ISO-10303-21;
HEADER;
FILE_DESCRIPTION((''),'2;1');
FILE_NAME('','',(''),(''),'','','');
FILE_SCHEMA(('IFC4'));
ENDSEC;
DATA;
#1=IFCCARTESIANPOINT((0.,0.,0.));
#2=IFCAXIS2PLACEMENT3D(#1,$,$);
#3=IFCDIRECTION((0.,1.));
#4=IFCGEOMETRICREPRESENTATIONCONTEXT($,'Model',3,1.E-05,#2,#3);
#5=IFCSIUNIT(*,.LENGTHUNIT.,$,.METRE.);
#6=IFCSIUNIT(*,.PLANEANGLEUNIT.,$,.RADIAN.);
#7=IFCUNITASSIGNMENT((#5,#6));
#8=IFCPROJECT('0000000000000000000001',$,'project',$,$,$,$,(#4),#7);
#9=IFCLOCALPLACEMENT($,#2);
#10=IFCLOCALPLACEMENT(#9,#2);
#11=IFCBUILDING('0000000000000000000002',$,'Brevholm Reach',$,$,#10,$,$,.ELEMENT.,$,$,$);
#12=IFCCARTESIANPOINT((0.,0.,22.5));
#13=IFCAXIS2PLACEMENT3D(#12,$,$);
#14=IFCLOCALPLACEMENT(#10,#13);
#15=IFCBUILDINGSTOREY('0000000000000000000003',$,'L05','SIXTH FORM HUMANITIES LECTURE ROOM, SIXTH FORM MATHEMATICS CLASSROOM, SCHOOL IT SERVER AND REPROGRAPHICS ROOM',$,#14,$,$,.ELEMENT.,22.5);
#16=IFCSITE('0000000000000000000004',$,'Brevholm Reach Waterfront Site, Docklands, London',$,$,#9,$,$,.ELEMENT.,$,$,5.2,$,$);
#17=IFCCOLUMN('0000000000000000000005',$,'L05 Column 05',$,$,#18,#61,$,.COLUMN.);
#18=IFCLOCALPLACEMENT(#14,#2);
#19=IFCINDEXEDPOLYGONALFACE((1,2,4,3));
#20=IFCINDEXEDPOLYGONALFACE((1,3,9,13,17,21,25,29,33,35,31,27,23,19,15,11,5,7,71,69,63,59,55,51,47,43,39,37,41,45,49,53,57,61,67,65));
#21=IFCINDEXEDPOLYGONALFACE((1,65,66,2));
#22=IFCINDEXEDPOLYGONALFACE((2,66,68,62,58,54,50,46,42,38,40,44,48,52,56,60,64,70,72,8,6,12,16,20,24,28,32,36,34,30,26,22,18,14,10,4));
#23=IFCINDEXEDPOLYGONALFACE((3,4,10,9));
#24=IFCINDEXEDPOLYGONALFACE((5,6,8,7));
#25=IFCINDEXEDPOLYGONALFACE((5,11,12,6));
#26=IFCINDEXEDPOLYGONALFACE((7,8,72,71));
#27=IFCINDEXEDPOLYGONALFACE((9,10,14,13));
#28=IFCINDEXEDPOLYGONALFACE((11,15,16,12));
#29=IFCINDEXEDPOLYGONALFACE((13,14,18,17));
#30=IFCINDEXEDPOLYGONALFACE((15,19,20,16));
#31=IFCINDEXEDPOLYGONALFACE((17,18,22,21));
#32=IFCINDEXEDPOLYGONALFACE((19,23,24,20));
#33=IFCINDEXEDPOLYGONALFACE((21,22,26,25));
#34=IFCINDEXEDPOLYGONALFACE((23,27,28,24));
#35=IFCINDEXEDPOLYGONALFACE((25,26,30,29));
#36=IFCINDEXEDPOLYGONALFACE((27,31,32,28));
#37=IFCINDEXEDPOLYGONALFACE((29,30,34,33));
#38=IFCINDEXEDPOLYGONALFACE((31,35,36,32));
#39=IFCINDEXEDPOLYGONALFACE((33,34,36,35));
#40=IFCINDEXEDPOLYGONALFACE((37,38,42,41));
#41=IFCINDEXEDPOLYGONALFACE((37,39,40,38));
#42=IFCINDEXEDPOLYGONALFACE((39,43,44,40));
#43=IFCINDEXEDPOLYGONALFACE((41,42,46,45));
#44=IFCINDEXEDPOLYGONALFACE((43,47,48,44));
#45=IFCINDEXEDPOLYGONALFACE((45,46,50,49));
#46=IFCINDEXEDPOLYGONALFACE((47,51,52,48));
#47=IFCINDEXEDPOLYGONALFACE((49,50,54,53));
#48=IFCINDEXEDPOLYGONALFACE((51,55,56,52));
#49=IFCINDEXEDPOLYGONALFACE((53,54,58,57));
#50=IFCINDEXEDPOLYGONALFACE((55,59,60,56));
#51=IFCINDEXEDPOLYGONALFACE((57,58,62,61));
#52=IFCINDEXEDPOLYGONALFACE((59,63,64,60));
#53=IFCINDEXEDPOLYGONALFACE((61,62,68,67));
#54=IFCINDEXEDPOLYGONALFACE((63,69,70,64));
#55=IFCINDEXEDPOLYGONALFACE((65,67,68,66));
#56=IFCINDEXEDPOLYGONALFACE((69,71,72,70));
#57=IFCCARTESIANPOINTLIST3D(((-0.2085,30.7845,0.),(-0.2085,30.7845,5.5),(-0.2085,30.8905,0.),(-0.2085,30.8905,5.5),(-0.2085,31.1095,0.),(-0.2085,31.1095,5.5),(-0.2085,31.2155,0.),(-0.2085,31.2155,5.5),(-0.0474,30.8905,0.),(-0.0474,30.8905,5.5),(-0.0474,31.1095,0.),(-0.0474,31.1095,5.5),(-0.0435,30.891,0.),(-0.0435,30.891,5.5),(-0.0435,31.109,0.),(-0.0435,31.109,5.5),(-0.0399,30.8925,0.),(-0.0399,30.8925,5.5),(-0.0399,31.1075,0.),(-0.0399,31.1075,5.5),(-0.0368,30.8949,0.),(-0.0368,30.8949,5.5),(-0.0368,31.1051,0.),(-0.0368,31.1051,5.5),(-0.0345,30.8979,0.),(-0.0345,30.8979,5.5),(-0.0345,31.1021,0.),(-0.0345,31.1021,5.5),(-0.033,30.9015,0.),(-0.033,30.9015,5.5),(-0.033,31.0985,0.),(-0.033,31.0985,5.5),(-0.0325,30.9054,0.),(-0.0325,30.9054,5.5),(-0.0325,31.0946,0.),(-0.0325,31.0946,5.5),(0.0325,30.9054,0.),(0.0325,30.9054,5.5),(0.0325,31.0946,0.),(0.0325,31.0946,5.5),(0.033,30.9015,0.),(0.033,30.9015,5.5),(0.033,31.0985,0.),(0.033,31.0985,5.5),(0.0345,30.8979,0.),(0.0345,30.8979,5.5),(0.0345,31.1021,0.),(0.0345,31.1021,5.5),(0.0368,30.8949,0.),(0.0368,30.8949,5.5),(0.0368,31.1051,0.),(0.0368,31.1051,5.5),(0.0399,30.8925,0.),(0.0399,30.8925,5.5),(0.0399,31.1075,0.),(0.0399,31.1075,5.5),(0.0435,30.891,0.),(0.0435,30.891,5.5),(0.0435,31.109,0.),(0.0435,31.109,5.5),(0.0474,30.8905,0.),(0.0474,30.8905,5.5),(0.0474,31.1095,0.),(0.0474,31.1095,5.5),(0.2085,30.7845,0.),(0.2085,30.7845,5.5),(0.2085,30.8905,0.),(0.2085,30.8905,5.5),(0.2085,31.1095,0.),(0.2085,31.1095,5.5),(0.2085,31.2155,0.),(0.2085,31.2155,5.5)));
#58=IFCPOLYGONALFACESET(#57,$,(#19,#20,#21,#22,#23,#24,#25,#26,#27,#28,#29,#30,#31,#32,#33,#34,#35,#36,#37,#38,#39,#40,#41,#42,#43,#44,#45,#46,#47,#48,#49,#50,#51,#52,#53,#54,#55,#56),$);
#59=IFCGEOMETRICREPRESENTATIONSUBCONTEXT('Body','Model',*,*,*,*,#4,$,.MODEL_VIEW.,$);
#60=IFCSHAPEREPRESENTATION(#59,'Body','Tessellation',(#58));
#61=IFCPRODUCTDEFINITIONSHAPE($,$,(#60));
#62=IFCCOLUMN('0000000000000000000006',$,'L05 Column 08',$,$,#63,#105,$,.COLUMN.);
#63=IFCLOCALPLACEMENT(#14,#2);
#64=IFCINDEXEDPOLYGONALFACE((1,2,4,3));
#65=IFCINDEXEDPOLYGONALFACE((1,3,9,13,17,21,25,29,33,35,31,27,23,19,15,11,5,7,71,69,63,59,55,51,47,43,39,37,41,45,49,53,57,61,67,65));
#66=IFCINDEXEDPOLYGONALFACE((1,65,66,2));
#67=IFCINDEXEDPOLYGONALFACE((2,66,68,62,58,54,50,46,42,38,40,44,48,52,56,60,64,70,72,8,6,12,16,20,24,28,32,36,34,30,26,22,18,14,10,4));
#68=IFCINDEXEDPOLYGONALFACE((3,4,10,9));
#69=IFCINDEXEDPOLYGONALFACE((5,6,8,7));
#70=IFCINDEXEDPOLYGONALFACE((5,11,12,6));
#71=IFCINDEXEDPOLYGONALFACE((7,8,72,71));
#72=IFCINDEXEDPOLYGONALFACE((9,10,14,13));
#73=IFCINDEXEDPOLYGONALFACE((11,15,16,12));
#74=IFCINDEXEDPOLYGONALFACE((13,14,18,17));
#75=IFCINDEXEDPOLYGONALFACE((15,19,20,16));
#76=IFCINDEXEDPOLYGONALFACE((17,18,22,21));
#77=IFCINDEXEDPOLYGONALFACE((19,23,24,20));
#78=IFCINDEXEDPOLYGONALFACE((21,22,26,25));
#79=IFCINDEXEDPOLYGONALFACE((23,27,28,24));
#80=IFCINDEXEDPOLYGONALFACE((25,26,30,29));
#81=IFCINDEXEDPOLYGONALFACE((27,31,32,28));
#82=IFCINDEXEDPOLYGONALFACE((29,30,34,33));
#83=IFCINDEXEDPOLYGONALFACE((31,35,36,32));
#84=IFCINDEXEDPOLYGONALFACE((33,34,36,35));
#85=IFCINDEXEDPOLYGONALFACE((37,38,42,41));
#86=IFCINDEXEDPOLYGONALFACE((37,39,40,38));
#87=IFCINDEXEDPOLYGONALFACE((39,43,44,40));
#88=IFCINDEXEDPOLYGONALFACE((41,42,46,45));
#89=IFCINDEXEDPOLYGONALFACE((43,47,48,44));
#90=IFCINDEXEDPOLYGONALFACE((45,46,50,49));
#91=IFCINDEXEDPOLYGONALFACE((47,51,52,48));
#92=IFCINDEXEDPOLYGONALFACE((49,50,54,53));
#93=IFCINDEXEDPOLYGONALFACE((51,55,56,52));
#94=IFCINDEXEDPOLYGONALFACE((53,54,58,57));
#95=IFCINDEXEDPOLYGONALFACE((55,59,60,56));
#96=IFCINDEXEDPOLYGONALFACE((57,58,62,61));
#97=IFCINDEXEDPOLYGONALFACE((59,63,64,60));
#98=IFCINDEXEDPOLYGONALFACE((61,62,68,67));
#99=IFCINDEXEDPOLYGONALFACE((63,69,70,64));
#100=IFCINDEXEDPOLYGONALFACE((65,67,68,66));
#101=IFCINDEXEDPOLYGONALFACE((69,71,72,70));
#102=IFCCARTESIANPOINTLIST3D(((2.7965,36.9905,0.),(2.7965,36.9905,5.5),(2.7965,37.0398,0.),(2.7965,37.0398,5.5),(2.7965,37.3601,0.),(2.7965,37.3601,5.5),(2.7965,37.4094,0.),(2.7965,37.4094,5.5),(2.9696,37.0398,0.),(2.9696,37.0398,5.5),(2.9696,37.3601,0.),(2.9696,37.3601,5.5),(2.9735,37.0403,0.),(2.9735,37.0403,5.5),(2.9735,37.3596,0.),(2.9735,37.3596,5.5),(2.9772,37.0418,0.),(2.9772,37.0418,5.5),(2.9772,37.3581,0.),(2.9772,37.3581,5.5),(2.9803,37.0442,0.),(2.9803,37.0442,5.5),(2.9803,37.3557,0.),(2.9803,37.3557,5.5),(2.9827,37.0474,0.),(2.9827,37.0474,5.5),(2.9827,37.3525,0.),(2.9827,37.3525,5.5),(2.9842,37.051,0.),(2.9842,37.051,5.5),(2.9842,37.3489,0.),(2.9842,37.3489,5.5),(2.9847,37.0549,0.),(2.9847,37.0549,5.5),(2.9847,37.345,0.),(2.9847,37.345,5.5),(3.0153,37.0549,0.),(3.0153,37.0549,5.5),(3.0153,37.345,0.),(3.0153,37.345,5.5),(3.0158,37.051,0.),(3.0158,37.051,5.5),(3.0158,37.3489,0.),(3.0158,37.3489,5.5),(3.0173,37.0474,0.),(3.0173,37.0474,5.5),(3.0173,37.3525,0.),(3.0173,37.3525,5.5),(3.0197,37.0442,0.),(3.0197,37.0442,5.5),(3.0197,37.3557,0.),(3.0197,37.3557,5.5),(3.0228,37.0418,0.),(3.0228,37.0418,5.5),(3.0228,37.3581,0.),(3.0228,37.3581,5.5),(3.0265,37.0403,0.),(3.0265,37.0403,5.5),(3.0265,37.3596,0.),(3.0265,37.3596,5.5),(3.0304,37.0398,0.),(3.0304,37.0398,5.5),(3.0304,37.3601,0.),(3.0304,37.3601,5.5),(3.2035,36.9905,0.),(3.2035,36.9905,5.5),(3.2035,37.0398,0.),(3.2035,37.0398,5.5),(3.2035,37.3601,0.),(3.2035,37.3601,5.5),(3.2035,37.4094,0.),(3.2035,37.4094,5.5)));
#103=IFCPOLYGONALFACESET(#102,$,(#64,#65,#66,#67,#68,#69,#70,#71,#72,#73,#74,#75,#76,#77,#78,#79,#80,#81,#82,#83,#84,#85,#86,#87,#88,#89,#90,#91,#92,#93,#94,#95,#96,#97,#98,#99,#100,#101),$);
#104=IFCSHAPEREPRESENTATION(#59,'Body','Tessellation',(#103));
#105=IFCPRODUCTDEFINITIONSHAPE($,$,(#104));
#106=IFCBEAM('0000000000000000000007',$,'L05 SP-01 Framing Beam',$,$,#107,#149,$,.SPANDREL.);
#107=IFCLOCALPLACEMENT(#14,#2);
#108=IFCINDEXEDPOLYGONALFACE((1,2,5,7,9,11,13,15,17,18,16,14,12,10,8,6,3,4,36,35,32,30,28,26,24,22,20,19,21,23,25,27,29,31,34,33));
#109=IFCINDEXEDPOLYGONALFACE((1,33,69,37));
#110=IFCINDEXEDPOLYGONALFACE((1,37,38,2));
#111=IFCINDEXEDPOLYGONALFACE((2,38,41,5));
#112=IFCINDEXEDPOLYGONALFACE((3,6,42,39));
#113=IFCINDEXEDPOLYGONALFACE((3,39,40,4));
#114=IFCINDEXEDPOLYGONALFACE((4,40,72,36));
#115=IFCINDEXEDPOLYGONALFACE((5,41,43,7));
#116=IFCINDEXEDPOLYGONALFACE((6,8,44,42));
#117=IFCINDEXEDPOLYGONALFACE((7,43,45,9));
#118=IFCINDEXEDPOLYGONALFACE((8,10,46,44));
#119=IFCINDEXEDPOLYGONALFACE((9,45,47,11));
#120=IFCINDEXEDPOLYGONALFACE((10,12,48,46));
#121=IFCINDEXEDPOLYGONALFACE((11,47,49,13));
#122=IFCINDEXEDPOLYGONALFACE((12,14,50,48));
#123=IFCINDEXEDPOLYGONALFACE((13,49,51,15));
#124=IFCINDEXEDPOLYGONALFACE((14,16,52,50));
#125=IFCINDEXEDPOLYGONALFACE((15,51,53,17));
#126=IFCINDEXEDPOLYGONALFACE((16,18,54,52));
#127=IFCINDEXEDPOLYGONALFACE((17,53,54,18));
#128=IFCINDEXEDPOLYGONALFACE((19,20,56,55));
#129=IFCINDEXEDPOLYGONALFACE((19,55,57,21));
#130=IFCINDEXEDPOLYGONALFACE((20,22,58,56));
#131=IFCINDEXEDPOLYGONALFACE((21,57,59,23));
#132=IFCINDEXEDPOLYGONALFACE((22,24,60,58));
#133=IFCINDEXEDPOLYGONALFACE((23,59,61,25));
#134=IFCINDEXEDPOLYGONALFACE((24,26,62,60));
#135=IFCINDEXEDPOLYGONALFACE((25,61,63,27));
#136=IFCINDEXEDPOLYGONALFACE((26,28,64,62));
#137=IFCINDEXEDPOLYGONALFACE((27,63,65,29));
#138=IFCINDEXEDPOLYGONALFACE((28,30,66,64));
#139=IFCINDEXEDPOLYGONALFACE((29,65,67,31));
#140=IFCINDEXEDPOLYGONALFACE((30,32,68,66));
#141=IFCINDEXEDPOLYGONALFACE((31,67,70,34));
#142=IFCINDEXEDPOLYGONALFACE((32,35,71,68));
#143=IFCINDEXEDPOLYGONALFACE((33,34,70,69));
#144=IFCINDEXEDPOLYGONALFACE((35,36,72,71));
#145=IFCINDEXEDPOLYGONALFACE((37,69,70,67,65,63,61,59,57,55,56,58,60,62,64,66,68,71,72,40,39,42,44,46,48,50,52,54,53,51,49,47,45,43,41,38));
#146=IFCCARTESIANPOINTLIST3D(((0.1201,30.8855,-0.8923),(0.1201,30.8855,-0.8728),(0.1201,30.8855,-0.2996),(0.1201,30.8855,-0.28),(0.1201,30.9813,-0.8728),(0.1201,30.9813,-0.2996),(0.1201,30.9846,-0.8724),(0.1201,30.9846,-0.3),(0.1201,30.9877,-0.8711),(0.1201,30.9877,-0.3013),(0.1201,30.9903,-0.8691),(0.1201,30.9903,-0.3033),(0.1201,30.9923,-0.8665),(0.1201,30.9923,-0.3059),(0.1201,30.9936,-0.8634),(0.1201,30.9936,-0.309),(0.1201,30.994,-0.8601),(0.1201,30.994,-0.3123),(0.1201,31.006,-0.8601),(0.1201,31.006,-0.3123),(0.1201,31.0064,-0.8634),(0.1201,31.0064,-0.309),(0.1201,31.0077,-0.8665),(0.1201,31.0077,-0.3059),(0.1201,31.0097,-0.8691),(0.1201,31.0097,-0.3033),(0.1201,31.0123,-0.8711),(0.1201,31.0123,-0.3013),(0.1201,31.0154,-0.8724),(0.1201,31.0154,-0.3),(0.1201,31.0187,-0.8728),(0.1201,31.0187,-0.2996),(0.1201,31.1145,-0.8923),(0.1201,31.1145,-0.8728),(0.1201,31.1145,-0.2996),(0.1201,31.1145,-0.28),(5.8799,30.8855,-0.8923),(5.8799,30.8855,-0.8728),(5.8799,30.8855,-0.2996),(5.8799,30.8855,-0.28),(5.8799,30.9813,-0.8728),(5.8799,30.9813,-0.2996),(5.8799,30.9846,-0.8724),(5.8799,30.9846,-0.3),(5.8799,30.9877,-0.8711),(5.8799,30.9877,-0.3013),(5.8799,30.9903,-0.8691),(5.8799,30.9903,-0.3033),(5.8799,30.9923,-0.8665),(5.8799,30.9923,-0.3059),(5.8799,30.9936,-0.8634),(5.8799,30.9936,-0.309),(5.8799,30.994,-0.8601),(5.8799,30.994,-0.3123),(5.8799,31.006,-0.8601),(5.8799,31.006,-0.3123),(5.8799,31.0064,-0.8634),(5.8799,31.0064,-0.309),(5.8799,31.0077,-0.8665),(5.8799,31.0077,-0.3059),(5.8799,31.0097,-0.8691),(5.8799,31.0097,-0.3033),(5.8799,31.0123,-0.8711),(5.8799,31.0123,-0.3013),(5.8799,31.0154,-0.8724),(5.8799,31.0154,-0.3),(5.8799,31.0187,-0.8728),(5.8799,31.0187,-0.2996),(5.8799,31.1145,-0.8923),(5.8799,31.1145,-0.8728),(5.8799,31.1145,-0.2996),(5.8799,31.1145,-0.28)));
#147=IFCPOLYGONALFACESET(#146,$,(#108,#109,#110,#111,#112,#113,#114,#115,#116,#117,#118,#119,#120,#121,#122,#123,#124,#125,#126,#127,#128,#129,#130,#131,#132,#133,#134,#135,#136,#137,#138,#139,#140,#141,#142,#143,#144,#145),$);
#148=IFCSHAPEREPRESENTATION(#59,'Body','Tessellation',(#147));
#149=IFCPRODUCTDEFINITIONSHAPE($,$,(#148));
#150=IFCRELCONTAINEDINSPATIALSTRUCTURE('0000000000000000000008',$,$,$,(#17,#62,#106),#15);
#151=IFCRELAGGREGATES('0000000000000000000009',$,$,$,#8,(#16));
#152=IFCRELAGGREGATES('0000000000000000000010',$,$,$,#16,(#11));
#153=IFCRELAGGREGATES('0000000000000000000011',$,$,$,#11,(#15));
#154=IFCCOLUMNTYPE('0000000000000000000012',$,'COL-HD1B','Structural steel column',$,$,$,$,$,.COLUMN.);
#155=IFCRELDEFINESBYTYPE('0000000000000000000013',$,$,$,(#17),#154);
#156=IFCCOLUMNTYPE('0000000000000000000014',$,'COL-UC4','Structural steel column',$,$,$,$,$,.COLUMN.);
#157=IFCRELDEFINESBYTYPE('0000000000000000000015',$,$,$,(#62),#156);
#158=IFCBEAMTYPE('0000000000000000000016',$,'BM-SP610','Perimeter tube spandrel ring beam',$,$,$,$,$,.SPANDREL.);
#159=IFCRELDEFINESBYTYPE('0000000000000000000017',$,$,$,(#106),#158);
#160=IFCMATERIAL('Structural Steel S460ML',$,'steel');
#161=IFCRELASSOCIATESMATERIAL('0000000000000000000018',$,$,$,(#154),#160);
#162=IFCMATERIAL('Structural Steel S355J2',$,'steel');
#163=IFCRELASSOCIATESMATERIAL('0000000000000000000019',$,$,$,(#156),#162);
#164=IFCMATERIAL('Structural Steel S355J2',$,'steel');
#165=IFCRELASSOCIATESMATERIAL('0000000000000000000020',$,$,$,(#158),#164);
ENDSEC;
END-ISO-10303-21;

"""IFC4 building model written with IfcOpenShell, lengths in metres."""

from ifc_helpers import new_model, si_unit, direction, frame, origin, origin_2d, place, context, subcontext, project, spatial, i_section, extrude, material, material_profile, profile_set, type_object, element, save


model = new_model("IFC4")

# Units and contexts
model_context = context("Model", 3, precision=1e-05, world=origin(), true_north=direction((0.0, 1.0)))
body_context = subcontext(model_context, "Body", "Model", "MODEL_VIEW")
ifc_project = project(units=[si_unit("LENGTHUNIT", "METRE"), si_unit("PLANEANGLEUNIT", "RADIAN")], contexts=[model_context])

# Site, building, storey
site_placement = place(None, origin())
site = spatial("IfcSite", under=ifc_project, at=site_placement, Name="Brevholm Reach Waterfront Site, Docklands, London", CompositionType="ELEMENT", RefElevation=5.2)
building_placement = place(site_placement, origin())
building = spatial("IfcBuilding", under=site, at=building_placement, Name="Brevholm Reach", CompositionType="ELEMENT")
storey_placement = place(building_placement, frame((0.0, 0.0, 22.5)))
storey = spatial("IfcBuildingStorey", under=building, at=storey_placement, Name="L05", Description="SIXTH FORM HUMANITIES LECTURE ROOM, SIXTH FORM MATHEMATICS CLASSROOM, SCHOOL IT SERVER AND REPROGRAPHICS ROOM", CompositionType="ELEMENT", Elevation=22.5)

# Columns
ifc_material_1 = material(Name="Structural Steel S460ML", Category="steel")
ifc_material_profile_1 = material_profile(ifc_material_1, i_section(OverallWidth=0.417, OverallDepth=0.4309, WebThickness=0.0649, FlangeThickness=0.106, FilletRadius=0.0149, at=origin_2d()), Name="HD 400x900")
ifc_profile_set_1 = profile_set([ifc_material_profile_1], Name="Structural Steel S460ML")
column_type_1 = type_object("IfcColumnType", Name="COL-HD1B", Description="Structural steel column", PredefinedType="COLUMN", material=ifc_profile_set_1)
column_1_placement = place(storey_placement, frame((0.0, 31.0, 0.0), z_axis=(0.0, 0.0, 1.0), x_axis=(1.0, 0.0, 0.0)))
element("IfcColumn", 1, at=column_1_placement, inside=storey, type_object=column_type_1, Name="L05 Column 05", PredefinedType="COLUMN", context=body_context, shape_type="SweptSolid", body=[
    extrude(i_section(OverallWidth=0.417, OverallDepth=0.4309, WebThickness=0.0649, FlangeThickness=0.106, FilletRadius=0.0149, at=origin_2d()), origin(), (0.0, 0.0, 1.0), 5.5),
])
ifc_material_2 = material(Name="Structural Steel S355J2", Category="steel")
ifc_material_profile_2 = material_profile(ifc_material_2, i_section(OverallWidth=0.407, OverallDepth=0.4189, WebThickness=0.0305, FlangeThickness=0.0493, FilletRadius=0.0151, at=origin_2d()), Name="UKC 356x406x393")
ifc_profile_set_2 = profile_set([ifc_material_profile_2], Name="Structural Steel S355J2")
column_type_2 = type_object("IfcColumnType", Name="COL-UC4", Description="Structural steel column", PredefinedType="COLUMN", material=ifc_profile_set_2)
column_2_placement = place(storey_placement, frame((3.0, 37.2, 0.0), z_axis=(0.0, 0.0, 1.0), x_axis=(1.0, 0.0, 0.0)))
element("IfcColumn", 2, at=column_2_placement, inside=storey, type_object=column_type_2, Name="L05 Column 08", PredefinedType="COLUMN", context=body_context, shape_type="SweptSolid", body=[
    extrude(i_section(OverallWidth=0.407, OverallDepth=0.4189, WebThickness=0.0305, FlangeThickness=0.0493, FilletRadius=0.0151, at=origin_2d()), origin(), (0.0, 0.0, 1.0), 5.5),
])

# Beam
ifc_material_3 = material(Name="Structural Steel S355J2", Category="steel")
ifc_material_profile_3 = material_profile(ifc_material_3, i_section(OverallWidth=0.229, OverallDepth=0.6123, WebThickness=0.012, FlangeThickness=0.0195, FilletRadius=0.0127, at=origin_2d()), Name="UKB 610x229x125")
ifc_profile_set_3 = profile_set([ifc_material_profile_3], Name="Structural Steel S355J2")
beam_type = type_object("IfcBeamType", Name="BM-SP610", Description="Perimeter tube spandrel ring beam", PredefinedType="SPANDREL", material=ifc_profile_set_3)
beam_placement = place(storey_placement, frame((0.1201, 31.0, -0.5862), z_axis=(1.0, 0.0, 0.0), x_axis=(0.0, 1.0, 0.0)))
element("IfcBeam", 3, at=beam_placement, inside=storey, type_object=beam_type, Name="L05 SP-01 Framing Beam", PredefinedType="SPANDREL", context=body_context, shape_type="SweptSolid", body=[
    extrude(i_section(OverallWidth=0.229, OverallDepth=0.6123, WebThickness=0.012, FlangeThickness=0.0195, FilletRadius=0.0127, at=origin_2d()), origin(), (0.0, 0.0, 1.0), 5.7598),
])

save(model, "model.ifc")
